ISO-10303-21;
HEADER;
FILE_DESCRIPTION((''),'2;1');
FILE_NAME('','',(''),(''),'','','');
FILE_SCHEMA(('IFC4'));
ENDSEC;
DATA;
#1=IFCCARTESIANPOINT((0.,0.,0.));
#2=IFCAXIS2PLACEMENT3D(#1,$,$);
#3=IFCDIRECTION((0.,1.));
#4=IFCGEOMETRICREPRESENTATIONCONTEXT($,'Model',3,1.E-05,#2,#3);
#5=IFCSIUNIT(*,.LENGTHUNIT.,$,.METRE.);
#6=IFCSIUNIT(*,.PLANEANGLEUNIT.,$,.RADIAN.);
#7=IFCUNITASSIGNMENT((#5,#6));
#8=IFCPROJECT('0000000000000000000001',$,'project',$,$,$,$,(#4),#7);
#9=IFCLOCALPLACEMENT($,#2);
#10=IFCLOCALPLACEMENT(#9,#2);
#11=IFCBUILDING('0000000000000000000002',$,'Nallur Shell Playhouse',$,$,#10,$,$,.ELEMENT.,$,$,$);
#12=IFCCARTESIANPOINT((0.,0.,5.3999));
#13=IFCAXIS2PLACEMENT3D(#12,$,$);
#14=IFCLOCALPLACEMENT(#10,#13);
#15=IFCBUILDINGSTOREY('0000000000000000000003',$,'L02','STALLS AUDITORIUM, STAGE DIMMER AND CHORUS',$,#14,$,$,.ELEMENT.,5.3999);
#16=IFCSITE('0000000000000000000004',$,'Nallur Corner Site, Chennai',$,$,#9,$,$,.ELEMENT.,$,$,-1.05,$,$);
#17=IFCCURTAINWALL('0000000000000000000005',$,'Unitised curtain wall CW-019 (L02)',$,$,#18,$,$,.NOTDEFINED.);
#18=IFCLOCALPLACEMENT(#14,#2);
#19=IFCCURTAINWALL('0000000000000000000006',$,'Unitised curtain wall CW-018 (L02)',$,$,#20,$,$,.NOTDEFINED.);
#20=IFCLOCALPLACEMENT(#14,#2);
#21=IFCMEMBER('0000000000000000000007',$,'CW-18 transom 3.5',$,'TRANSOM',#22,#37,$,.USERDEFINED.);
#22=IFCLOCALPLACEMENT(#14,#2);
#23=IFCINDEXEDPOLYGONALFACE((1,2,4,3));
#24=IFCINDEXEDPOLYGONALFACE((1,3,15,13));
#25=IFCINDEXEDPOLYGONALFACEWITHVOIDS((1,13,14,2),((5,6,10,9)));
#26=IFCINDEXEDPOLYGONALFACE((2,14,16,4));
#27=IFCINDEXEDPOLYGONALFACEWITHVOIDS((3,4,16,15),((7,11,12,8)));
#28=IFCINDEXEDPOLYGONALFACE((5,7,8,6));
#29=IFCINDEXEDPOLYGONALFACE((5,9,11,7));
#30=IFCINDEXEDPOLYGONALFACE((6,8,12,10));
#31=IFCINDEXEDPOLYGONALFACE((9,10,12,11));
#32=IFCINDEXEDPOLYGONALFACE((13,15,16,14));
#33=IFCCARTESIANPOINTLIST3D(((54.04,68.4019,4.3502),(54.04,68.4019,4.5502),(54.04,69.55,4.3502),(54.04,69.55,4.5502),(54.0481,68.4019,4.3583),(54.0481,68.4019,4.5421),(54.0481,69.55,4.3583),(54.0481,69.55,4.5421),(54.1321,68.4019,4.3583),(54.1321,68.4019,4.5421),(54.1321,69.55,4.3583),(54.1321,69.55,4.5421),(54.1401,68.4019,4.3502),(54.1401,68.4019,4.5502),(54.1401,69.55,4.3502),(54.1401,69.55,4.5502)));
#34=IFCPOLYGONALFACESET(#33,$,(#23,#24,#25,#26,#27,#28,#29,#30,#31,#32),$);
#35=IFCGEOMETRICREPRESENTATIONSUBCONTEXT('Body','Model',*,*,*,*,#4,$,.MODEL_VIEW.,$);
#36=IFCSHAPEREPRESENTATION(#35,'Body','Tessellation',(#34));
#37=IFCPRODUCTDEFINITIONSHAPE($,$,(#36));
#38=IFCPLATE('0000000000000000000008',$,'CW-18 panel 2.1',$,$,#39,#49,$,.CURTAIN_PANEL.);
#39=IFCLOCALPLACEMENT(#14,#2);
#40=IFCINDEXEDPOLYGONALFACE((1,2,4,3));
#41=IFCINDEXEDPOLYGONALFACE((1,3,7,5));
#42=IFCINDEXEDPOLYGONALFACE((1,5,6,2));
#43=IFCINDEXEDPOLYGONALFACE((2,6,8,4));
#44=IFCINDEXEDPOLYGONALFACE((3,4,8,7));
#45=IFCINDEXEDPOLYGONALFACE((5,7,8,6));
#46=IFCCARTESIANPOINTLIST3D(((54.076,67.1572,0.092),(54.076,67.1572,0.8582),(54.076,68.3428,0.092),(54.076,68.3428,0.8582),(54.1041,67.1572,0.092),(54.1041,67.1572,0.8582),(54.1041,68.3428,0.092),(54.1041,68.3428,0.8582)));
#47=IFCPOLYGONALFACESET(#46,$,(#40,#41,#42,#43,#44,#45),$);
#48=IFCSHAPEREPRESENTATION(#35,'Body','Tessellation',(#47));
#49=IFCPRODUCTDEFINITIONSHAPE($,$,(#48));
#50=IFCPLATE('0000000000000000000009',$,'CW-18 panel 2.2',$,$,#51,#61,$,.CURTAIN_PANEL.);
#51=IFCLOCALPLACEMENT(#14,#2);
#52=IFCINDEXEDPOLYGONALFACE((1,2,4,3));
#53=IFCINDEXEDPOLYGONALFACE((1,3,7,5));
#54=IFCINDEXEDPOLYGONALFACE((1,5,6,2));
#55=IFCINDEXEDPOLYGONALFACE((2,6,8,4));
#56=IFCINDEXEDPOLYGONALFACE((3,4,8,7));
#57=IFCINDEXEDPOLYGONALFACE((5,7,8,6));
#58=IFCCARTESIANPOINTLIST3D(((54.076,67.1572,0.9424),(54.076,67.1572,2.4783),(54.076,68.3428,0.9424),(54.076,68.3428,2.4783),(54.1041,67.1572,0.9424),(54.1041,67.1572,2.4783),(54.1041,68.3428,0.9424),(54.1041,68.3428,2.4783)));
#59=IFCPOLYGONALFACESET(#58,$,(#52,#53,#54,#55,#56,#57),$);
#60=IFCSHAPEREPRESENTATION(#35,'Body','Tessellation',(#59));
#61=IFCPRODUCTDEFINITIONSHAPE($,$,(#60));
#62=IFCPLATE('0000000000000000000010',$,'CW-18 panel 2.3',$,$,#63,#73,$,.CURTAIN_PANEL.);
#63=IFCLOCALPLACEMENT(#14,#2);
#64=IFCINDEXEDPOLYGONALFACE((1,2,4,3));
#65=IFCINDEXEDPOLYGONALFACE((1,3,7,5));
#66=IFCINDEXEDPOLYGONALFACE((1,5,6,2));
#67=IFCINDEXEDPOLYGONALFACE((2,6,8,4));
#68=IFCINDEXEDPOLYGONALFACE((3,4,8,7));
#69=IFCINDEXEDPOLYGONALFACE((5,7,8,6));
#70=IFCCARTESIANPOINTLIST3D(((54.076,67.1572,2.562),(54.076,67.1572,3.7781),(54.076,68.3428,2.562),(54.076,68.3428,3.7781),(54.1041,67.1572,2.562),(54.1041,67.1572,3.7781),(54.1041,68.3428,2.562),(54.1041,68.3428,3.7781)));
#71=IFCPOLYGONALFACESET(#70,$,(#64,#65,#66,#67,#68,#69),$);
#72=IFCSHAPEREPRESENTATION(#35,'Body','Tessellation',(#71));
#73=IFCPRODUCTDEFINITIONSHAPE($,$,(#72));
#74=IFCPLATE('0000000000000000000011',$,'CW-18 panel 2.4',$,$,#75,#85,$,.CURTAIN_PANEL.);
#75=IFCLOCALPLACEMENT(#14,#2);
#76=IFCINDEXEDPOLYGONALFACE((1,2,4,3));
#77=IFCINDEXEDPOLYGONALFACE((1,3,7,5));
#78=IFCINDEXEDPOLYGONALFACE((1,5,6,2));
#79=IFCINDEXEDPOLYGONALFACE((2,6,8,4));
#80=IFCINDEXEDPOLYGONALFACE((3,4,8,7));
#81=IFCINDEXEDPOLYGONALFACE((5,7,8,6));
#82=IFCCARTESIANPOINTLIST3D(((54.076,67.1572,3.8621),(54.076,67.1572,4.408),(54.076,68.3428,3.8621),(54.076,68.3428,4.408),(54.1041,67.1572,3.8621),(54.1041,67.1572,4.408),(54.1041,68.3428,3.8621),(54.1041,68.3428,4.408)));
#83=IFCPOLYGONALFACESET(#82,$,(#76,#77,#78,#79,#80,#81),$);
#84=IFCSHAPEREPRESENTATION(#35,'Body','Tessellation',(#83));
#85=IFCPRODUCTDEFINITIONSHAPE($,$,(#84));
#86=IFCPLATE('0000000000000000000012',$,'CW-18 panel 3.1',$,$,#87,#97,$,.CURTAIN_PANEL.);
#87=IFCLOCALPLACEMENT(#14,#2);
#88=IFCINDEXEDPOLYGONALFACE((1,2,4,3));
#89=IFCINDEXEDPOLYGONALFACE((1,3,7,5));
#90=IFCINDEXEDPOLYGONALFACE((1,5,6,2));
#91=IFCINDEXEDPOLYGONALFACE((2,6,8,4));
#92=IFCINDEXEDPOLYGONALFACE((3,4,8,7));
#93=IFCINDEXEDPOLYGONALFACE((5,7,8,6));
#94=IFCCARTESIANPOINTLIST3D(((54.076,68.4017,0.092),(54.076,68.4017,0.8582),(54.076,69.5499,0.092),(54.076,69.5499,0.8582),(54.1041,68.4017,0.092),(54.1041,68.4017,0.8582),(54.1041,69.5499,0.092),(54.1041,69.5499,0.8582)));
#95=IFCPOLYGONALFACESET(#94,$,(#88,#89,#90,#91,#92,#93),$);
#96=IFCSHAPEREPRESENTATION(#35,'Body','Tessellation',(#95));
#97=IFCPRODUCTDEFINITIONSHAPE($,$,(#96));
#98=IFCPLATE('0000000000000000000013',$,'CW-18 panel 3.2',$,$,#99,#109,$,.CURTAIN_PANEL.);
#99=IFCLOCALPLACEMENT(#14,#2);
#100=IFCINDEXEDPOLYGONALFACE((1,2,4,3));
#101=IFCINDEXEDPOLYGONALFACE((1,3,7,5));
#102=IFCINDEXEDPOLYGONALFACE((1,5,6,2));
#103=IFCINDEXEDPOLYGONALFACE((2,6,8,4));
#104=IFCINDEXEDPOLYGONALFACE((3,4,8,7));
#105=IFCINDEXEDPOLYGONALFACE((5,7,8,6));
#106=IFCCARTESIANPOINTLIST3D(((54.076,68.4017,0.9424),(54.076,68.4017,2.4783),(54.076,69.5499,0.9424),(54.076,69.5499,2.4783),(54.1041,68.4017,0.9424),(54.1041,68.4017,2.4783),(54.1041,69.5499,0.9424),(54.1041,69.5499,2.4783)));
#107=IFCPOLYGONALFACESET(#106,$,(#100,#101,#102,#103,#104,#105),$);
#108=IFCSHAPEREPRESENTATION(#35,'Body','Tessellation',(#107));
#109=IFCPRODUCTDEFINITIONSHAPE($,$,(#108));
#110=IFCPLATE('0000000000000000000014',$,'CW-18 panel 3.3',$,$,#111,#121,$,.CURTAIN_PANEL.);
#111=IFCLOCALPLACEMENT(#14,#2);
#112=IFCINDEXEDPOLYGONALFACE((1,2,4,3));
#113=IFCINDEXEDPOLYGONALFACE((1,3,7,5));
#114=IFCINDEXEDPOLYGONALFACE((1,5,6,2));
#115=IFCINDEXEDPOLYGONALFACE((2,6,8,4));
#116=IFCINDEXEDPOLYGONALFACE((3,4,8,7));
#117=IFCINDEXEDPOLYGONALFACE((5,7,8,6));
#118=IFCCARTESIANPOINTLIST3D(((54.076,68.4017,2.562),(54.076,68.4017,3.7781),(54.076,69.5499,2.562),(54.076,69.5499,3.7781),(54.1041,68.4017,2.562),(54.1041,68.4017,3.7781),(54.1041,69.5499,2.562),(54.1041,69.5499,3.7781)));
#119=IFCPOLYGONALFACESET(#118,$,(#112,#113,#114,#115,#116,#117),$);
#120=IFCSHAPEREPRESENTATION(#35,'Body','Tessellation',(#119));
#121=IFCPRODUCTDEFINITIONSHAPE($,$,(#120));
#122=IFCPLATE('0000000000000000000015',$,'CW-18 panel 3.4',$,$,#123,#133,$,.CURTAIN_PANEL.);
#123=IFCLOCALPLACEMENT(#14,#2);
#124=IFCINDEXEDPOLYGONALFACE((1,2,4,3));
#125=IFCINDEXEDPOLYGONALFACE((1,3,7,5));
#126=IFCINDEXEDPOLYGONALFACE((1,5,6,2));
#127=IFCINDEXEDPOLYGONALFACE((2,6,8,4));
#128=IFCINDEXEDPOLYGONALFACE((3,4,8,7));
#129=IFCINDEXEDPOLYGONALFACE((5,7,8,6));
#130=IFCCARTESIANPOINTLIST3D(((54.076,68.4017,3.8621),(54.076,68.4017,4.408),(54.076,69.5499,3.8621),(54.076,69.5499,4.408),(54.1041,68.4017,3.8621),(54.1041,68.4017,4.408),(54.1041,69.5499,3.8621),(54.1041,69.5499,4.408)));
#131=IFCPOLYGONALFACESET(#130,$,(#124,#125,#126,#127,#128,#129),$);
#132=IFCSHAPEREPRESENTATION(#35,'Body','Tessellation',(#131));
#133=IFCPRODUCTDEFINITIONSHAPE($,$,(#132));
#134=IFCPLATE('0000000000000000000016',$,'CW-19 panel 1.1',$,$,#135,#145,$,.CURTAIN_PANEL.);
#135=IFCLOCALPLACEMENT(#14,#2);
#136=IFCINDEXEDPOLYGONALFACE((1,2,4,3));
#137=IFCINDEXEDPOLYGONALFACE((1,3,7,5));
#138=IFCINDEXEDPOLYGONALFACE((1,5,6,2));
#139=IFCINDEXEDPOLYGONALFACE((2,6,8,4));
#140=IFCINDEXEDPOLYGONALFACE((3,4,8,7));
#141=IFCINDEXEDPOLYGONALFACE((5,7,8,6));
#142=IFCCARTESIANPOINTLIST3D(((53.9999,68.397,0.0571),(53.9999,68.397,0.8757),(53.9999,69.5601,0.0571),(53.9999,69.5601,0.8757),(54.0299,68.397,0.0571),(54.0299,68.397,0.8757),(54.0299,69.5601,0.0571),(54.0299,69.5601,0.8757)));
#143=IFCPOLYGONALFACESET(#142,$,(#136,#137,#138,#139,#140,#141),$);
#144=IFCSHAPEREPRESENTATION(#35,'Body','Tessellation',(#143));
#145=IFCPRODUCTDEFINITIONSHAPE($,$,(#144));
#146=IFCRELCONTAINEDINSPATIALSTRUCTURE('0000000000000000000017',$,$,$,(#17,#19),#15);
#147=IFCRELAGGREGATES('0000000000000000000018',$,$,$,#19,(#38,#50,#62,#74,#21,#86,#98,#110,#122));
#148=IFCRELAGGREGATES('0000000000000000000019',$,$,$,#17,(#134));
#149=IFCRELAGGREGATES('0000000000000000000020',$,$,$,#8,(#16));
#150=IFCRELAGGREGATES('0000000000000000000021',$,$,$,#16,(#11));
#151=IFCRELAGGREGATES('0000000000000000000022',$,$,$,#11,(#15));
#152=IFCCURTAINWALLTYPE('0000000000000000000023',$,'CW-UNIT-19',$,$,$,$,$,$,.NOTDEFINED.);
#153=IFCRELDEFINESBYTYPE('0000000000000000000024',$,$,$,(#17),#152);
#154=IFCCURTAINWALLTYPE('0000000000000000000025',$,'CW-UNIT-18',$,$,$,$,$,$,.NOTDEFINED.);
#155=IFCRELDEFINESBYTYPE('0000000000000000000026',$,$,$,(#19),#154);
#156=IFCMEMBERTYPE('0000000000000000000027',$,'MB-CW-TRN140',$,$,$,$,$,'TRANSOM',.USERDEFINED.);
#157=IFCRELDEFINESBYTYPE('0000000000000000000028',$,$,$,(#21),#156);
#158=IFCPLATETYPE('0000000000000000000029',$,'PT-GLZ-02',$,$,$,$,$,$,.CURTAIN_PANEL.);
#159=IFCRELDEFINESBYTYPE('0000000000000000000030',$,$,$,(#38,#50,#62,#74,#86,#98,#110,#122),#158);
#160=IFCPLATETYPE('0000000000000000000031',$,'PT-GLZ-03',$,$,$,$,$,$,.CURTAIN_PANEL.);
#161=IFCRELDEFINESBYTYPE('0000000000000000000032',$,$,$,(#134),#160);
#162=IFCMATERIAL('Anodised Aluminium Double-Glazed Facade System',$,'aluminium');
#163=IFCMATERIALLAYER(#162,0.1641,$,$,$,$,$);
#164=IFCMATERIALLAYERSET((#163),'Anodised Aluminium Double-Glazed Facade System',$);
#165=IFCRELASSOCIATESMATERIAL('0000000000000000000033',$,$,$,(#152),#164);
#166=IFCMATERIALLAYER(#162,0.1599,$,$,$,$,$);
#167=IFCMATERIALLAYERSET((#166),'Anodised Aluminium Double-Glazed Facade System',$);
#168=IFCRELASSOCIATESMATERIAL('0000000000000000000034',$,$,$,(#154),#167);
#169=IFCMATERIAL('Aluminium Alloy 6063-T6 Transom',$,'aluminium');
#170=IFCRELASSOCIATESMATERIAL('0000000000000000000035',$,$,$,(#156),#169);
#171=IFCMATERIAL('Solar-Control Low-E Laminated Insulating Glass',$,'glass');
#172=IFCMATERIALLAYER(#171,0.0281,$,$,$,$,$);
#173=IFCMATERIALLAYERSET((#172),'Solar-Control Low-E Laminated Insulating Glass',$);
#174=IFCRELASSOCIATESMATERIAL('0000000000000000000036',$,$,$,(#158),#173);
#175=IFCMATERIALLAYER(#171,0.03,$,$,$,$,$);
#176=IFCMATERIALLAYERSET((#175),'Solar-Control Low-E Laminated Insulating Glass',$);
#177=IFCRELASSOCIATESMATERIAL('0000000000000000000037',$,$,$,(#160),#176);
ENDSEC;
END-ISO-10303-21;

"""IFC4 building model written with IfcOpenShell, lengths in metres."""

from ifc_helpers import new_model, si_unit, direction, frame, origin, origin_2d, place, context, subcontext, project, spatial, rectangle, hollow_rectangle, extrude, material, layer, layer_set, material_profile, profile_set, type_object, element, aggregate, save


model = new_model("IFC4")

# Units and contexts
model_context = context("Model", 3, precision=1e-05, world=origin(), true_north=direction((0.0, 1.0)))
body_context = subcontext(model_context, "Body", "Model", "MODEL_VIEW")
ifc_project = project(units=[si_unit("LENGTHUNIT", "METRE"), si_unit("PLANEANGLEUNIT", "RADIAN")], contexts=[model_context])

# Site, building, storey
site_placement = place(None, origin())
site = spatial("IfcSite", under=ifc_project, at=site_placement, Name="Nallur Corner Site, Chennai", CompositionType="ELEMENT", RefElevation=-1.05)
building_placement = place(site_placement, origin())
building = spatial("IfcBuilding", under=site, at=building_placement, Name="Nallur Shell Playhouse", CompositionType="ELEMENT")
storey_placement = place(building_placement, frame((0.0, 0.0, 5.3999)))
storey = spatial("IfcBuildingStorey", under=building, at=storey_placement, Name="L02", Description="STALLS AUDITORIUM, STAGE DIMMER AND CHORUS", CompositionType="ELEMENT", Elevation=5.3999)

# Curtain walls
ifc_material_1 = material(Name="Anodised Aluminium Double-Glazed Facade System", Category="aluminium")
ifc_layer_1 = layer(ifc_material_1, 0.1641)
ifc_layer_set_1 = layer_set([ifc_layer_1], Name="Anodised Aluminium Double-Glazed Facade System")
curtain_wall_type_1 = type_object("IfcCurtainWallType", Name="CW-UNIT-19", PredefinedType="NOTDEFINED", material=ifc_layer_set_1)
curtain_wall_1_placement = place(storey_placement, origin())
curtain_wall_1 = element("IfcCurtainWall", 1, at=curtain_wall_1_placement, inside=storey, type_object=curtain_wall_type_1, Name="Unitised curtain wall CW-019 (L02)", PredefinedType="NOTDEFINED")
ifc_layer_2 = layer(ifc_material_1, 0.1599)
ifc_layer_set_2 = layer_set([ifc_layer_2], Name="Anodised Aluminium Double-Glazed Facade System")
curtain_wall_type_2 = type_object("IfcCurtainWallType", Name="CW-UNIT-18", PredefinedType="NOTDEFINED", material=ifc_layer_set_2)
curtain_wall_2_placement = place(storey_placement, origin())
curtain_wall_2 = element("IfcCurtainWall", 2, at=curtain_wall_2_placement, inside=storey, type_object=curtain_wall_type_2, Name="Unitised curtain wall CW-018 (L02)", PredefinedType="NOTDEFINED")

# Member
ifc_material_2 = material(Name="Aluminium Alloy 6063-T6 Transom", Category="aluminium")
ifc_material_profile_1 = material_profile(ifc_material_2, hollow_rectangle(XDim=0.1001, YDim=0.2, WallThickness=0.0081, at=origin_2d()), Name="RHS 200x100x8")
ifc_profile_set_1 = profile_set([ifc_material_profile_1], Name="Aluminium Alloy 6063-T6 Transom")
member_type_1 = type_object("IfcMemberType", Name="MB-CW-TRN140", ElementType="TRANSOM", PredefinedType="USERDEFINED", material=ifc_profile_set_1)
member_1_placement = place(storey_placement, frame((54.0901, 68.4019, 4.4502), z_axis=(0.0, 1.0, 0.0), x_axis=(-1.0, 0.0, 0.0)))
member_1 = element("IfcMember", 3, at=member_1_placement, type_object=member_type_1, Name="CW-18 transom 3.5", ObjectType="TRANSOM", PredefinedType="USERDEFINED", context=body_context, shape_type="SweptSolid", body=[
    extrude(hollow_rectangle(XDim=0.1001, YDim=0.2, WallThickness=0.0081, at=origin_2d()), origin(), (0.0, 0.0, 1.0), 1.1482),
])

# Plates
ifc_material_3 = material(Name="Solar-Control Low-E Laminated Insulating Glass", Category="glass")
ifc_layer_3 = layer(ifc_material_3, 0.0281)
ifc_layer_set_3 = layer_set([ifc_layer_3], Name="Solar-Control Low-E Laminated Insulating Glass")
plate_type_1 = type_object("IfcPlateType", Name="PT-GLZ-02", PredefinedType="CURTAIN_PANEL", material=ifc_layer_set_3)
plate_1_placement = place(storey_placement, frame((54.0901, 67.75, 0.092), z_axis=(0.0, 0.0, 1.0), x_axis=(0.0, 1.0, 0.0)))
plate_1 = element("IfcPlate", 4, at=plate_1_placement, type_object=plate_type_1, Name="CW-18 panel 2.1", PredefinedType="CURTAIN_PANEL", context=body_context, shape_type="SweptSolid", body=[
    extrude(rectangle(XDim=1.1855, YDim=0.0281, at=origin_2d()), origin(), (0.0, 0.0, 1.0), 0.7661),
])
plate_2_placement = place(storey_placement, frame((54.0901, 67.75, 0.9424), z_axis=(0.0, 0.0, 1.0), x_axis=(0.0, 1.0, 0.0)))
plate_2 = element("IfcPlate", 5, at=plate_2_placement, type_object=plate_type_1, Name="CW-18 panel 2.2", PredefinedType="CURTAIN_PANEL", context=body_context, shape_type="SweptSolid", body=[
    extrude(rectangle(XDim=1.1855, YDim=0.0281, at=origin_2d()), origin(), (0.0, 0.0, 1.0), 1.5359),
])
plate_3_placement = place(storey_placement, frame((54.0901, 67.75, 2.562), z_axis=(0.0, 0.0, 1.0), x_axis=(0.0, 1.0, 0.0)))
plate_3 = element("IfcPlate", 6, at=plate_3_placement, type_object=plate_type_1, Name="CW-18 panel 2.3", PredefinedType="CURTAIN_PANEL", context=body_context, shape_type="SweptSolid", body=[
    extrude(rectangle(XDim=1.1855, YDim=0.0281, at=origin_2d()), origin(), (0.0, 0.0, 1.0), 1.2161),
])
plate_4_placement = place(storey_placement, frame((54.0901, 67.75, 3.8621), z_axis=(0.0, 0.0, 1.0), x_axis=(0.0, 1.0, 0.0)))
plate_4 = element("IfcPlate", 7, at=plate_4_placement, type_object=plate_type_1, Name="CW-18 panel 2.4", PredefinedType="CURTAIN_PANEL", context=body_context, shape_type="SweptSolid", body=[
    extrude(rectangle(XDim=1.1855, YDim=0.0281, at=origin_2d()), origin(), (0.0, 0.0, 1.0), 0.5459),
])
plate_5_placement = place(storey_placement, frame((54.0901, 68.9758, 0.092), z_axis=(0.0, 0.0, 1.0), x_axis=(0.0, 1.0, 0.0)))
plate_5 = element("IfcPlate", 8, at=plate_5_placement, type_object=plate_type_1, Name="CW-18 panel 3.1", PredefinedType="CURTAIN_PANEL", context=body_context, shape_type="SweptSolid", body=[
    extrude(rectangle(XDim=1.1482, YDim=0.0281, at=origin_2d()), origin(), (0.0, 0.0, 1.0), 0.7661),
])
plate_6_placement = place(storey_placement, frame((54.0901, 68.9758, 0.9424), z_axis=(0.0, 0.0, 1.0), x_axis=(0.0, 1.0, 0.0)))
plate_6 = element("IfcPlate", 9, at=plate_6_placement, type_object=plate_type_1, Name="CW-18 panel 3.2", PredefinedType="CURTAIN_PANEL", context=body_context, shape_type="SweptSolid", body=[
    extrude(rectangle(XDim=1.1482, YDim=0.0281, at=origin_2d()), origin(), (0.0, 0.0, 1.0), 1.5359),
])
plate_7_placement = place(storey_placement, frame((54.0901, 68.9758, 2.562), z_axis=(0.0, 0.0, 1.0), x_axis=(0.0, 1.0, 0.0)))
plate_7 = element("IfcPlate", 10, at=plate_7_placement, type_object=plate_type_1, Name="CW-18 panel 3.3", PredefinedType="CURTAIN_PANEL", context=body_context, shape_type="SweptSolid", body=[
    extrude(rectangle(XDim=1.1482, YDim=0.0281, at=origin_2d()), origin(), (0.0, 0.0, 1.0), 1.2161),
])
plate_8_placement = place(storey_placement, frame((54.0901, 68.9758, 3.8621), z_axis=(0.0, 0.0, 1.0), x_axis=(0.0, 1.0, 0.0)))
plate_8 = element("IfcPlate", 11, at=plate_8_placement, type_object=plate_type_1, Name="CW-18 panel 3.4", PredefinedType="CURTAIN_PANEL", context=body_context, shape_type="SweptSolid", body=[
    extrude(rectangle(XDim=1.1482, YDim=0.0281, at=origin_2d()), origin(), (0.0, 0.0, 1.0), 0.5459),
])
aggregate(curtain_wall_2, [plate_1, plate_2, plate_3, plate_4, member_1, plate_5, plate_6, plate_7, plate_8])
ifc_layer_4 = layer(ifc_material_3, 0.03)
ifc_layer_set_4 = layer_set([ifc_layer_4], Name="Solar-Control Low-E Laminated Insulating Glass")
plate_type_2 = type_object("IfcPlateType", Name="PT-GLZ-03", PredefinedType="CURTAIN_PANEL", material=ifc_layer_set_4)
plate_9_placement = place(storey_placement, frame((54.0149, 68.9785, 0.0571), z_axis=(0.0, 0.0, 1.0), x_axis=(0.0, -1.0, 0.0)))
plate_9 = element("IfcPlate", 12, at=plate_9_placement, type_object=plate_type_2, Name="CW-19 panel 1.1", PredefinedType="CURTAIN_PANEL", context=body_context, shape_type="SweptSolid", body=[
    extrude(rectangle(XDim=1.1631, YDim=0.03, at=origin_2d()), origin(), (0.0, 0.0, 1.0), 0.8186),
])
aggregate(curtain_wall_1, [plate_9])

save(model, "model.ifc")
